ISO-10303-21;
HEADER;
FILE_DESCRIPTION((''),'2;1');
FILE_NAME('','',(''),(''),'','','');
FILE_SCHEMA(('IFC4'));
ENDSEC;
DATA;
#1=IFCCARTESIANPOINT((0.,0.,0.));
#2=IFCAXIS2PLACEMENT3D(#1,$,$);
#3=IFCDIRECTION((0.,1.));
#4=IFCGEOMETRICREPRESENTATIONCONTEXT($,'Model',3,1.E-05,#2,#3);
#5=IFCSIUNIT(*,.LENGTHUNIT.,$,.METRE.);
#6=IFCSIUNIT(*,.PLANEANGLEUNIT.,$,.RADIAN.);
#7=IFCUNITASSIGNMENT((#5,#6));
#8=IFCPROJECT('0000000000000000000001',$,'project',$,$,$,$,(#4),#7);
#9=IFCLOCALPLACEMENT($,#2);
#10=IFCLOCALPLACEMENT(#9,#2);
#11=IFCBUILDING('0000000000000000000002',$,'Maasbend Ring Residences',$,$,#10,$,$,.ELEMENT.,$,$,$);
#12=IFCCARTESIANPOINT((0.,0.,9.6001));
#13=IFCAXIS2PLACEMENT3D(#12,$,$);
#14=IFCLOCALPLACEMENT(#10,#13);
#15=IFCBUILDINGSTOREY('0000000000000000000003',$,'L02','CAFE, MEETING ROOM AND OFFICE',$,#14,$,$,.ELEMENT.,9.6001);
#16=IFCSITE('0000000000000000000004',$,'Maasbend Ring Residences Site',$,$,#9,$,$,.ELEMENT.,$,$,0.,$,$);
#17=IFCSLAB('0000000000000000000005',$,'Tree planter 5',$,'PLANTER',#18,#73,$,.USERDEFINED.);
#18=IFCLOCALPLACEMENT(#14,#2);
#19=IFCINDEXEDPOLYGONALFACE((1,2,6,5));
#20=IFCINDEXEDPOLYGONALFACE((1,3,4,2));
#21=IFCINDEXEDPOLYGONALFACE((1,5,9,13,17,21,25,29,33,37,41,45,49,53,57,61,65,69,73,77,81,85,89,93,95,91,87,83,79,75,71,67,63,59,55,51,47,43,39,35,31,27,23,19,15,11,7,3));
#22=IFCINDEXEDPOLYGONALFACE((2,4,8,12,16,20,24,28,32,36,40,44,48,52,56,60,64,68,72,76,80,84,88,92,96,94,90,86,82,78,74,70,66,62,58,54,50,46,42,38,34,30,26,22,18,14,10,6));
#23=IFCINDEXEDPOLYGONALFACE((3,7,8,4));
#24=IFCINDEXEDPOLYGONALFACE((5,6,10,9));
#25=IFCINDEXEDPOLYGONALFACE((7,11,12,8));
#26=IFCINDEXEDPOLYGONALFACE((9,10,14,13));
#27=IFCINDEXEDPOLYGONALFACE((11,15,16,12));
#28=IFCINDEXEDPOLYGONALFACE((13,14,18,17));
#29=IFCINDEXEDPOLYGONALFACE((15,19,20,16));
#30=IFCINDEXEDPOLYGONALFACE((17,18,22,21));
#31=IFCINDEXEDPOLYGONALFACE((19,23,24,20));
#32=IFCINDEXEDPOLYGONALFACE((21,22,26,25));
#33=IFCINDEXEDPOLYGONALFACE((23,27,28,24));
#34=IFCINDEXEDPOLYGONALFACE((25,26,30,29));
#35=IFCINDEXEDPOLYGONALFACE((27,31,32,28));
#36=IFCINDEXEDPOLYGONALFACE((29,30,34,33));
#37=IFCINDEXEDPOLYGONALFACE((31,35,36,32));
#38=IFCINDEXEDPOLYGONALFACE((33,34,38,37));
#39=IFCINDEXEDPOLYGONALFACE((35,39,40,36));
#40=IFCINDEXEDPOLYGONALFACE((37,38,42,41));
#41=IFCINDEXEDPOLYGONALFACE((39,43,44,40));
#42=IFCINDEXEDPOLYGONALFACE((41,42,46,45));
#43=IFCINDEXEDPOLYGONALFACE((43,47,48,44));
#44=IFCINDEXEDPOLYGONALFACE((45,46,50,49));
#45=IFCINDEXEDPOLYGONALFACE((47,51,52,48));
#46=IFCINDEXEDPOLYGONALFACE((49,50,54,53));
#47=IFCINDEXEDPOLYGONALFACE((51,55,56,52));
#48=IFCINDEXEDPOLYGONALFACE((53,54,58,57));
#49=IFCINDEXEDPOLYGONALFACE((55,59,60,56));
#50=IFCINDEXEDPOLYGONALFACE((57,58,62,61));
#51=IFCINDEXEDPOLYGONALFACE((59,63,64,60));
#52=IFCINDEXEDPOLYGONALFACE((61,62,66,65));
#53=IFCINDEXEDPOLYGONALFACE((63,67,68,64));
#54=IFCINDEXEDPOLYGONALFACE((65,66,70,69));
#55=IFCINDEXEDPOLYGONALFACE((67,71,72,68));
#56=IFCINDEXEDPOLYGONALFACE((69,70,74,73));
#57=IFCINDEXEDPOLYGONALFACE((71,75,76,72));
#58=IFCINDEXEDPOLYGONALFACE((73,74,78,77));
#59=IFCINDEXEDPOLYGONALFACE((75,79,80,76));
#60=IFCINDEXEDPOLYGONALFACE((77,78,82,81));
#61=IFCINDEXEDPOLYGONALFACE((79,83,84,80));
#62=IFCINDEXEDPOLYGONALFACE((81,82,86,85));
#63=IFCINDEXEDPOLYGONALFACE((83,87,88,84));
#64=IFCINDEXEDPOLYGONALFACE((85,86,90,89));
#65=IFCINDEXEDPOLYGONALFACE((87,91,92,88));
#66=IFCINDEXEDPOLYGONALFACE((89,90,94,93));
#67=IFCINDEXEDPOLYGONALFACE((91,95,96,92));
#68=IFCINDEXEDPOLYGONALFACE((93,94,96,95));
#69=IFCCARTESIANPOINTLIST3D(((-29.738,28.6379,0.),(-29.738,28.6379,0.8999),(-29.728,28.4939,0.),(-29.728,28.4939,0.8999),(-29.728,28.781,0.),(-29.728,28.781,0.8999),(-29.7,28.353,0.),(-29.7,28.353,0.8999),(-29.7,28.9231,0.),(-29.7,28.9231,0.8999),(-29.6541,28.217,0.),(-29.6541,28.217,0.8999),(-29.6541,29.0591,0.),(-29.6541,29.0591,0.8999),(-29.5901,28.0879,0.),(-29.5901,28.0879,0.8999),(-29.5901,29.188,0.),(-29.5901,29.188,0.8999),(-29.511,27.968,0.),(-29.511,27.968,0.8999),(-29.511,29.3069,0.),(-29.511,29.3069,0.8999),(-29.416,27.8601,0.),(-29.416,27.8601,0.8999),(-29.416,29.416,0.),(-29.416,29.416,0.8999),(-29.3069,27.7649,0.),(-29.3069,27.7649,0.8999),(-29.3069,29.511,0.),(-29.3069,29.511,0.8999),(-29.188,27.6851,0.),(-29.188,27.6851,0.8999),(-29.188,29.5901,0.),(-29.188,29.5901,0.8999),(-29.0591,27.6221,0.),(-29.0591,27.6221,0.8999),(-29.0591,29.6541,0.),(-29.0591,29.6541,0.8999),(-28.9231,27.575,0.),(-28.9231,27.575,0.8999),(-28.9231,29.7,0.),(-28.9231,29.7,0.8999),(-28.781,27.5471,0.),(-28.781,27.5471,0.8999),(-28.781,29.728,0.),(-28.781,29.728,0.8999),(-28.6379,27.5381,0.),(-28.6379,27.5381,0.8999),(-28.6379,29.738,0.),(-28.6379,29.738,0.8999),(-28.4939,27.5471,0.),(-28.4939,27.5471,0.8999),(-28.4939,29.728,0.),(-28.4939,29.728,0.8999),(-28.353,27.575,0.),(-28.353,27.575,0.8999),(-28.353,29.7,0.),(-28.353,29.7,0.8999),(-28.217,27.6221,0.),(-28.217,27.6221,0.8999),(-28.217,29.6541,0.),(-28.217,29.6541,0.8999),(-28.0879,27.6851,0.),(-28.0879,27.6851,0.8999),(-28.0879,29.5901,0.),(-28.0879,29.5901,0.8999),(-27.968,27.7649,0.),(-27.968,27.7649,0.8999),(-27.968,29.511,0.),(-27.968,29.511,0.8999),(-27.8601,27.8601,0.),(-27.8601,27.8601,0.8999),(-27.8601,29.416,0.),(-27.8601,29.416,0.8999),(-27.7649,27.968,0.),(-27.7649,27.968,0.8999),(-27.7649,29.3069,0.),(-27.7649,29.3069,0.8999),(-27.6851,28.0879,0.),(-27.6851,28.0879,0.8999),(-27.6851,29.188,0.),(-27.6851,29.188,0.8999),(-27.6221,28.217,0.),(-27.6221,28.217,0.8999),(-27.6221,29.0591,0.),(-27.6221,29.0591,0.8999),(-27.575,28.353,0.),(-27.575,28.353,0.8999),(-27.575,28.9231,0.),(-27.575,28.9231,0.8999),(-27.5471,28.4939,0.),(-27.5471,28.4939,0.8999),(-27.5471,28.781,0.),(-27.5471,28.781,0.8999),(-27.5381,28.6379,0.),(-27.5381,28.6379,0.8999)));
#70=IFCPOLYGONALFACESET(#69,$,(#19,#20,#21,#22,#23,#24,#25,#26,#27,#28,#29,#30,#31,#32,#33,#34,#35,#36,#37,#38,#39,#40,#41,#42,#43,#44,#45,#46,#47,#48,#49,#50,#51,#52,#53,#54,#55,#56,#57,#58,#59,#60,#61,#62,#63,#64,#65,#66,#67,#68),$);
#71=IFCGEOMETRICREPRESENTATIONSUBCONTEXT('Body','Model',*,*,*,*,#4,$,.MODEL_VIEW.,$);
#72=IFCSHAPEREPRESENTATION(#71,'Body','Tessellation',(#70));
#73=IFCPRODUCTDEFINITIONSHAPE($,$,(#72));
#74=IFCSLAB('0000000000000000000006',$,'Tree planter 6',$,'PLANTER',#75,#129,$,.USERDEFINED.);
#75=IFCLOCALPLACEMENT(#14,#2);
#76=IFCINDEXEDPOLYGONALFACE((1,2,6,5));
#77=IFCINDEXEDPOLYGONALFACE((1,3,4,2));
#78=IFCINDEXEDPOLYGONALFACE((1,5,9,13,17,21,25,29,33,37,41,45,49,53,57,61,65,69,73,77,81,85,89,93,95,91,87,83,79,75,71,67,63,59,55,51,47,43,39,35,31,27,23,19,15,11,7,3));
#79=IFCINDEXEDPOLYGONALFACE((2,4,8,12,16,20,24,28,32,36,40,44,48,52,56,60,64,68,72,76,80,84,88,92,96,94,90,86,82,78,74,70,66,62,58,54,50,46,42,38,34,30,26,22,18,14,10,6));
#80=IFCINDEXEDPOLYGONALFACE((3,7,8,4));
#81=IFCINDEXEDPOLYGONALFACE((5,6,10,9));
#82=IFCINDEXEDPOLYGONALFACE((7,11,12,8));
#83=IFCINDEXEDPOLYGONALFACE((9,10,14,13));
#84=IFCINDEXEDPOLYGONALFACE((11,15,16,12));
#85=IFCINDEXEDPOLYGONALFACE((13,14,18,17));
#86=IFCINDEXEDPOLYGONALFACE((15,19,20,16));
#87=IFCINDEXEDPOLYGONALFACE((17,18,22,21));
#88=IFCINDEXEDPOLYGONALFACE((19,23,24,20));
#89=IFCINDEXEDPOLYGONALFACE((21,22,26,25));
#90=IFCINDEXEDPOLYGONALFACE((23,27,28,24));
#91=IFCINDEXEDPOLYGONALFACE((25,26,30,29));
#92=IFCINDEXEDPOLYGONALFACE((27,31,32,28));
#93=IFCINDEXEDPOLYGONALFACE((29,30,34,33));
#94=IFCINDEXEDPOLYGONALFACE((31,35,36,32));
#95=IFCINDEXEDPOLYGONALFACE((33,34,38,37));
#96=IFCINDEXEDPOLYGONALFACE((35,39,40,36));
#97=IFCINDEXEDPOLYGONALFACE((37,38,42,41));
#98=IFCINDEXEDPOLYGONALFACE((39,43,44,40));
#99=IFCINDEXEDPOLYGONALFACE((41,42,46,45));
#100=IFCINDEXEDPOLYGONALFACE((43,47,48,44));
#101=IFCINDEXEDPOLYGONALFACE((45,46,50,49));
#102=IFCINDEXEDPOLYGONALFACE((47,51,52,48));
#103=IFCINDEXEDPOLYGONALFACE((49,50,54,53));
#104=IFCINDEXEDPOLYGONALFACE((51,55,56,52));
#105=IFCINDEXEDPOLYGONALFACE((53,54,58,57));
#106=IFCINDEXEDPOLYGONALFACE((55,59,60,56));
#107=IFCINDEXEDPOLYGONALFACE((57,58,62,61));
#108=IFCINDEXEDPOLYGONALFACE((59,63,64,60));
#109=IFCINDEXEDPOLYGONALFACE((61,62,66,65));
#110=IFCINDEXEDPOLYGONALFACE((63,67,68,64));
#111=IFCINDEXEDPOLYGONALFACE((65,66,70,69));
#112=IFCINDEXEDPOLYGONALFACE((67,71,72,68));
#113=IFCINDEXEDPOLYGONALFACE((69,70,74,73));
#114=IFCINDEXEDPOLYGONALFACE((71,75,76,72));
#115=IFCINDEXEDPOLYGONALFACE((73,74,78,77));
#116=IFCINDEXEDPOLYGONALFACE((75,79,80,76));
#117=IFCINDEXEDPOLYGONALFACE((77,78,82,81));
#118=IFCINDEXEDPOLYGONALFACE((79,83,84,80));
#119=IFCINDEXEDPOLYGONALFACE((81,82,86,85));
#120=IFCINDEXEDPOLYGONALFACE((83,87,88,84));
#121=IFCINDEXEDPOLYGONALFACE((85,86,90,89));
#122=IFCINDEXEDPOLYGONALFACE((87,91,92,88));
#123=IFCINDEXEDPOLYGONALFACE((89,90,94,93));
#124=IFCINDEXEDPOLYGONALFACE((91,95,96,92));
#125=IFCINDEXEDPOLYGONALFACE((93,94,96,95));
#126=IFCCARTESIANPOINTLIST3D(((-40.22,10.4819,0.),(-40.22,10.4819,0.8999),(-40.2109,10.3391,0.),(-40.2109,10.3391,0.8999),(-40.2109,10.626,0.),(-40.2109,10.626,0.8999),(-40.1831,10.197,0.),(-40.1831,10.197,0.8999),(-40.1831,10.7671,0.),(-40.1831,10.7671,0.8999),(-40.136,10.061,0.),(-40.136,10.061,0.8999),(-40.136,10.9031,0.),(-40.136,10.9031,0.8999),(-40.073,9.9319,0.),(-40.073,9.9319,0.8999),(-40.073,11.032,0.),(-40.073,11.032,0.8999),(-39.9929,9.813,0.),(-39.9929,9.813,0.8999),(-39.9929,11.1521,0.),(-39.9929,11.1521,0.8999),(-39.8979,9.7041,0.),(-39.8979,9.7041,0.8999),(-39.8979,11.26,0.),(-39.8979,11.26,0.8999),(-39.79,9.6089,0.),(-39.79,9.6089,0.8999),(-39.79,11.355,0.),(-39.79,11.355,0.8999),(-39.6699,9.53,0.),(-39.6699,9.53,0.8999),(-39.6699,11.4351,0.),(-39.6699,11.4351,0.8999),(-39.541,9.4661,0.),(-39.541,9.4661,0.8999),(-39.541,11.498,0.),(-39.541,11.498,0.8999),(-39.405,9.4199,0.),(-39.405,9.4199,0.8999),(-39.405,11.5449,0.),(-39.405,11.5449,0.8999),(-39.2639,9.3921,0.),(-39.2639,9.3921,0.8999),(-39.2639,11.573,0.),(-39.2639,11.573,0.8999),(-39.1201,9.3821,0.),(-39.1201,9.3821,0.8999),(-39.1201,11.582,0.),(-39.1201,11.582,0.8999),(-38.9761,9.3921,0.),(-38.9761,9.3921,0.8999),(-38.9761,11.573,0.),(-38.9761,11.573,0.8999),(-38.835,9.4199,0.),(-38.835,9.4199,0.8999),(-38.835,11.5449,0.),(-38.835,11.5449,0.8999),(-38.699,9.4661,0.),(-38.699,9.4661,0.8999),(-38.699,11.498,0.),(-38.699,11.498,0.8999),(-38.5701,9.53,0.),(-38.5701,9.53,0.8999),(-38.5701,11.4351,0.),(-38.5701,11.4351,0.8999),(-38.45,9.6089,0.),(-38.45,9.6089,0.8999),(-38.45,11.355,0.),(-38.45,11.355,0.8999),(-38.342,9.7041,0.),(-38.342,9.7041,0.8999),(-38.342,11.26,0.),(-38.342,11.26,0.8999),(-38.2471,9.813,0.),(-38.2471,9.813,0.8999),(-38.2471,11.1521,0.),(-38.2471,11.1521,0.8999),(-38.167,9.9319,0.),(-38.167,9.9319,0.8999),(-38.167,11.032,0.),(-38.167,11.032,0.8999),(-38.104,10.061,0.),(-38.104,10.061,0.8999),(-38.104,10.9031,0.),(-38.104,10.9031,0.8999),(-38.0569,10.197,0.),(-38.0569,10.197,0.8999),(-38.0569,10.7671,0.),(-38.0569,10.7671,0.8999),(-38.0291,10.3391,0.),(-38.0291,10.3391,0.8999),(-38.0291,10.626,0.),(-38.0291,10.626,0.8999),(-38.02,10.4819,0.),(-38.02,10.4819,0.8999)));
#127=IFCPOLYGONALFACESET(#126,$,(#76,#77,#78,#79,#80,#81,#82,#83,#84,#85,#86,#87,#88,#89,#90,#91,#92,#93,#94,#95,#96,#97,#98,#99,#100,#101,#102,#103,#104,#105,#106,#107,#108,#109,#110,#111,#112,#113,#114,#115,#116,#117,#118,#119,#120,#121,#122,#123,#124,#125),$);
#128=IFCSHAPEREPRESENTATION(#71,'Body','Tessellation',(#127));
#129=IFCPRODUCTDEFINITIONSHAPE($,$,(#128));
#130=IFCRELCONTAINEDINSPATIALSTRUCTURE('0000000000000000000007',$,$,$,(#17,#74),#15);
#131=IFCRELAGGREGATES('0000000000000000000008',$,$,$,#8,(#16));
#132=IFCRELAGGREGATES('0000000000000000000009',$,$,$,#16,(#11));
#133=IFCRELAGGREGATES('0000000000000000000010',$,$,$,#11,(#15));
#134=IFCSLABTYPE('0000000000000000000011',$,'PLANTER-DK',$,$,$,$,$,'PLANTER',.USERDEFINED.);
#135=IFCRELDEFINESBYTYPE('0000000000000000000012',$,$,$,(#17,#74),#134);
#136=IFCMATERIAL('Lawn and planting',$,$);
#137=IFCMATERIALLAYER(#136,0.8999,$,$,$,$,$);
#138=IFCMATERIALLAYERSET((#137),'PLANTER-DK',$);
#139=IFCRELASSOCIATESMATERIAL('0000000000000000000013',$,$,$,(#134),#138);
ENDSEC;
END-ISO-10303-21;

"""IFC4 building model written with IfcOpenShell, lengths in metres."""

from ifc_helpers import new_model, si_unit, direction, frame, origin, place, context, subcontext, project, spatial, polyline, outline, extrude, material, layer, layer_set, type_object, element, save


model = new_model("IFC4")

# Units and contexts
model_context = context("Model", 3, precision=1e-05, world=origin(), true_north=direction((0.0, 1.0)))
body_context = subcontext(model_context, "Body", "Model", "MODEL_VIEW")
ifc_project = project(units=[si_unit("LENGTHUNIT", "METRE"), si_unit("PLANEANGLEUNIT", "RADIAN")], contexts=[model_context])

# Site, building, storey
site_placement = place(None, origin())
site = spatial("IfcSite", under=ifc_project, at=site_placement, Name="Maasbend Ring Residences Site", CompositionType="ELEMENT", RefElevation=0.0)
building_placement = place(site_placement, origin())
building = spatial("IfcBuilding", under=site, at=building_placement, Name="Maasbend Ring Residences", CompositionType="ELEMENT")
storey_placement = place(building_placement, frame((0.0, 0.0, 9.6001)))
storey = spatial("IfcBuildingStorey", under=building, at=storey_placement, Name="L02", Description="CAFE, MEETING ROOM AND OFFICE", CompositionType="ELEMENT", Elevation=9.6001)

# Slabs
ifc_material = material(Name="Lawn and planting")
ifc_layer = layer(ifc_material, 0.8999)
ifc_layer_set = layer_set([ifc_layer], Name="PLANTER-DK")
slab_type = type_object("IfcSlabType", Name="PLANTER-DK", ElementType="PLANTER", PredefinedType="USERDEFINED", material=ifc_layer_set)
slab_1_placement = place(storey_placement, origin())
element("IfcSlab", 1, at=slab_1_placement, inside=storey, type_object=slab_type, Name="Tree planter 5", ObjectType="PLANTER", PredefinedType="USERDEFINED", context=body_context, shape_type="SweptSolid", body=[
    extrude(outline(polyline([(-27.5381, 28.6379), (-27.5471, 28.4939), (-27.575, 28.353), (-27.6221, 28.217), (-27.6851, 28.0879), (-27.7649, 27.968), (-27.8601, 27.8601), (-27.968, 27.7649), (-28.0879, 27.6851), (-28.217, 27.6221), (-28.353, 27.575), (-28.4939, 27.5471), (-28.6379, 27.5381), (-28.781, 27.5471), (-28.9231, 27.575), (-29.0591, 27.6221), (-29.188, 27.6851), (-29.3069, 27.7649), (-29.416, 27.8601), (-29.511, 27.968), (-29.5901, 28.0879), (-29.6541, 28.217), (-29.7, 28.353), (-29.728, 28.4939), (-29.738, 28.6379), (-29.728, 28.781), (-29.7, 28.9231), (-29.6541, 29.0591), (-29.5901, 29.188), (-29.511, 29.3069), (-29.416, 29.416), (-29.3069, 29.511), (-29.188, 29.5901), (-29.0591, 29.6541), (-28.9231, 29.7), (-28.781, 29.728), (-28.6379, 29.738), (-28.4939, 29.728), (-28.353, 29.7), (-28.217, 29.6541), (-28.0879, 29.5901), (-27.968, 29.511), (-27.8601, 29.416), (-27.7649, 29.3069), (-27.6851, 29.188), (-27.6221, 29.0591), (-27.575, 28.9231), (-27.5471, 28.781), (-27.5381, 28.6379)])), origin(), (0.0, 0.0, 1.0), 0.8999),
])
slab_2_placement = place(storey_placement, origin())
element("IfcSlab", 2, at=slab_2_placement, inside=storey, type_object=slab_type, Name="Tree planter 6", ObjectType="PLANTER", PredefinedType="USERDEFINED", context=body_context, shape_type="SweptSolid", body=[
    extrude(outline(polyline([(-38.02, 10.4819), (-38.0291, 10.3391), (-38.0569, 10.197), (-38.104, 10.061), (-38.167, 9.9319), (-38.2471, 9.813), (-38.342, 9.7041), (-38.45, 9.6089), (-38.5701, 9.53), (-38.699, 9.4661), (-38.835, 9.4199), (-38.9761, 9.3921), (-39.1201, 9.3821), (-39.2639, 9.3921), (-39.405, 9.4199), (-39.541, 9.4661), (-39.6699, 9.53), (-39.79, 9.6089), (-39.8979, 9.7041), (-39.9929, 9.813), (-40.073, 9.9319), (-40.136, 10.061), (-40.1831, 10.197), (-40.2109, 10.3391), (-40.22, 10.4819), (-40.2109, 10.626), (-40.1831, 10.7671), (-40.136, 10.9031), (-40.073, 11.032), (-39.9929, 11.1521), (-39.8979, 11.26), (-39.79, 11.355), (-39.6699, 11.4351), (-39.541, 11.498), (-39.405, 11.5449), (-39.2639, 11.573), (-39.1201, 11.582), (-38.9761, 11.573), (-38.835, 11.5449), (-38.699, 11.498), (-38.5701, 11.4351), (-38.45, 11.355), (-38.342, 11.26), (-38.2471, 11.1521), (-38.167, 11.032), (-38.104, 10.9031), (-38.0569, 10.7671), (-38.0291, 10.626), (-38.02, 10.4819)])), origin(), (0.0, 0.0, 1.0), 0.8999),
])

save(model, "model.ifc")
